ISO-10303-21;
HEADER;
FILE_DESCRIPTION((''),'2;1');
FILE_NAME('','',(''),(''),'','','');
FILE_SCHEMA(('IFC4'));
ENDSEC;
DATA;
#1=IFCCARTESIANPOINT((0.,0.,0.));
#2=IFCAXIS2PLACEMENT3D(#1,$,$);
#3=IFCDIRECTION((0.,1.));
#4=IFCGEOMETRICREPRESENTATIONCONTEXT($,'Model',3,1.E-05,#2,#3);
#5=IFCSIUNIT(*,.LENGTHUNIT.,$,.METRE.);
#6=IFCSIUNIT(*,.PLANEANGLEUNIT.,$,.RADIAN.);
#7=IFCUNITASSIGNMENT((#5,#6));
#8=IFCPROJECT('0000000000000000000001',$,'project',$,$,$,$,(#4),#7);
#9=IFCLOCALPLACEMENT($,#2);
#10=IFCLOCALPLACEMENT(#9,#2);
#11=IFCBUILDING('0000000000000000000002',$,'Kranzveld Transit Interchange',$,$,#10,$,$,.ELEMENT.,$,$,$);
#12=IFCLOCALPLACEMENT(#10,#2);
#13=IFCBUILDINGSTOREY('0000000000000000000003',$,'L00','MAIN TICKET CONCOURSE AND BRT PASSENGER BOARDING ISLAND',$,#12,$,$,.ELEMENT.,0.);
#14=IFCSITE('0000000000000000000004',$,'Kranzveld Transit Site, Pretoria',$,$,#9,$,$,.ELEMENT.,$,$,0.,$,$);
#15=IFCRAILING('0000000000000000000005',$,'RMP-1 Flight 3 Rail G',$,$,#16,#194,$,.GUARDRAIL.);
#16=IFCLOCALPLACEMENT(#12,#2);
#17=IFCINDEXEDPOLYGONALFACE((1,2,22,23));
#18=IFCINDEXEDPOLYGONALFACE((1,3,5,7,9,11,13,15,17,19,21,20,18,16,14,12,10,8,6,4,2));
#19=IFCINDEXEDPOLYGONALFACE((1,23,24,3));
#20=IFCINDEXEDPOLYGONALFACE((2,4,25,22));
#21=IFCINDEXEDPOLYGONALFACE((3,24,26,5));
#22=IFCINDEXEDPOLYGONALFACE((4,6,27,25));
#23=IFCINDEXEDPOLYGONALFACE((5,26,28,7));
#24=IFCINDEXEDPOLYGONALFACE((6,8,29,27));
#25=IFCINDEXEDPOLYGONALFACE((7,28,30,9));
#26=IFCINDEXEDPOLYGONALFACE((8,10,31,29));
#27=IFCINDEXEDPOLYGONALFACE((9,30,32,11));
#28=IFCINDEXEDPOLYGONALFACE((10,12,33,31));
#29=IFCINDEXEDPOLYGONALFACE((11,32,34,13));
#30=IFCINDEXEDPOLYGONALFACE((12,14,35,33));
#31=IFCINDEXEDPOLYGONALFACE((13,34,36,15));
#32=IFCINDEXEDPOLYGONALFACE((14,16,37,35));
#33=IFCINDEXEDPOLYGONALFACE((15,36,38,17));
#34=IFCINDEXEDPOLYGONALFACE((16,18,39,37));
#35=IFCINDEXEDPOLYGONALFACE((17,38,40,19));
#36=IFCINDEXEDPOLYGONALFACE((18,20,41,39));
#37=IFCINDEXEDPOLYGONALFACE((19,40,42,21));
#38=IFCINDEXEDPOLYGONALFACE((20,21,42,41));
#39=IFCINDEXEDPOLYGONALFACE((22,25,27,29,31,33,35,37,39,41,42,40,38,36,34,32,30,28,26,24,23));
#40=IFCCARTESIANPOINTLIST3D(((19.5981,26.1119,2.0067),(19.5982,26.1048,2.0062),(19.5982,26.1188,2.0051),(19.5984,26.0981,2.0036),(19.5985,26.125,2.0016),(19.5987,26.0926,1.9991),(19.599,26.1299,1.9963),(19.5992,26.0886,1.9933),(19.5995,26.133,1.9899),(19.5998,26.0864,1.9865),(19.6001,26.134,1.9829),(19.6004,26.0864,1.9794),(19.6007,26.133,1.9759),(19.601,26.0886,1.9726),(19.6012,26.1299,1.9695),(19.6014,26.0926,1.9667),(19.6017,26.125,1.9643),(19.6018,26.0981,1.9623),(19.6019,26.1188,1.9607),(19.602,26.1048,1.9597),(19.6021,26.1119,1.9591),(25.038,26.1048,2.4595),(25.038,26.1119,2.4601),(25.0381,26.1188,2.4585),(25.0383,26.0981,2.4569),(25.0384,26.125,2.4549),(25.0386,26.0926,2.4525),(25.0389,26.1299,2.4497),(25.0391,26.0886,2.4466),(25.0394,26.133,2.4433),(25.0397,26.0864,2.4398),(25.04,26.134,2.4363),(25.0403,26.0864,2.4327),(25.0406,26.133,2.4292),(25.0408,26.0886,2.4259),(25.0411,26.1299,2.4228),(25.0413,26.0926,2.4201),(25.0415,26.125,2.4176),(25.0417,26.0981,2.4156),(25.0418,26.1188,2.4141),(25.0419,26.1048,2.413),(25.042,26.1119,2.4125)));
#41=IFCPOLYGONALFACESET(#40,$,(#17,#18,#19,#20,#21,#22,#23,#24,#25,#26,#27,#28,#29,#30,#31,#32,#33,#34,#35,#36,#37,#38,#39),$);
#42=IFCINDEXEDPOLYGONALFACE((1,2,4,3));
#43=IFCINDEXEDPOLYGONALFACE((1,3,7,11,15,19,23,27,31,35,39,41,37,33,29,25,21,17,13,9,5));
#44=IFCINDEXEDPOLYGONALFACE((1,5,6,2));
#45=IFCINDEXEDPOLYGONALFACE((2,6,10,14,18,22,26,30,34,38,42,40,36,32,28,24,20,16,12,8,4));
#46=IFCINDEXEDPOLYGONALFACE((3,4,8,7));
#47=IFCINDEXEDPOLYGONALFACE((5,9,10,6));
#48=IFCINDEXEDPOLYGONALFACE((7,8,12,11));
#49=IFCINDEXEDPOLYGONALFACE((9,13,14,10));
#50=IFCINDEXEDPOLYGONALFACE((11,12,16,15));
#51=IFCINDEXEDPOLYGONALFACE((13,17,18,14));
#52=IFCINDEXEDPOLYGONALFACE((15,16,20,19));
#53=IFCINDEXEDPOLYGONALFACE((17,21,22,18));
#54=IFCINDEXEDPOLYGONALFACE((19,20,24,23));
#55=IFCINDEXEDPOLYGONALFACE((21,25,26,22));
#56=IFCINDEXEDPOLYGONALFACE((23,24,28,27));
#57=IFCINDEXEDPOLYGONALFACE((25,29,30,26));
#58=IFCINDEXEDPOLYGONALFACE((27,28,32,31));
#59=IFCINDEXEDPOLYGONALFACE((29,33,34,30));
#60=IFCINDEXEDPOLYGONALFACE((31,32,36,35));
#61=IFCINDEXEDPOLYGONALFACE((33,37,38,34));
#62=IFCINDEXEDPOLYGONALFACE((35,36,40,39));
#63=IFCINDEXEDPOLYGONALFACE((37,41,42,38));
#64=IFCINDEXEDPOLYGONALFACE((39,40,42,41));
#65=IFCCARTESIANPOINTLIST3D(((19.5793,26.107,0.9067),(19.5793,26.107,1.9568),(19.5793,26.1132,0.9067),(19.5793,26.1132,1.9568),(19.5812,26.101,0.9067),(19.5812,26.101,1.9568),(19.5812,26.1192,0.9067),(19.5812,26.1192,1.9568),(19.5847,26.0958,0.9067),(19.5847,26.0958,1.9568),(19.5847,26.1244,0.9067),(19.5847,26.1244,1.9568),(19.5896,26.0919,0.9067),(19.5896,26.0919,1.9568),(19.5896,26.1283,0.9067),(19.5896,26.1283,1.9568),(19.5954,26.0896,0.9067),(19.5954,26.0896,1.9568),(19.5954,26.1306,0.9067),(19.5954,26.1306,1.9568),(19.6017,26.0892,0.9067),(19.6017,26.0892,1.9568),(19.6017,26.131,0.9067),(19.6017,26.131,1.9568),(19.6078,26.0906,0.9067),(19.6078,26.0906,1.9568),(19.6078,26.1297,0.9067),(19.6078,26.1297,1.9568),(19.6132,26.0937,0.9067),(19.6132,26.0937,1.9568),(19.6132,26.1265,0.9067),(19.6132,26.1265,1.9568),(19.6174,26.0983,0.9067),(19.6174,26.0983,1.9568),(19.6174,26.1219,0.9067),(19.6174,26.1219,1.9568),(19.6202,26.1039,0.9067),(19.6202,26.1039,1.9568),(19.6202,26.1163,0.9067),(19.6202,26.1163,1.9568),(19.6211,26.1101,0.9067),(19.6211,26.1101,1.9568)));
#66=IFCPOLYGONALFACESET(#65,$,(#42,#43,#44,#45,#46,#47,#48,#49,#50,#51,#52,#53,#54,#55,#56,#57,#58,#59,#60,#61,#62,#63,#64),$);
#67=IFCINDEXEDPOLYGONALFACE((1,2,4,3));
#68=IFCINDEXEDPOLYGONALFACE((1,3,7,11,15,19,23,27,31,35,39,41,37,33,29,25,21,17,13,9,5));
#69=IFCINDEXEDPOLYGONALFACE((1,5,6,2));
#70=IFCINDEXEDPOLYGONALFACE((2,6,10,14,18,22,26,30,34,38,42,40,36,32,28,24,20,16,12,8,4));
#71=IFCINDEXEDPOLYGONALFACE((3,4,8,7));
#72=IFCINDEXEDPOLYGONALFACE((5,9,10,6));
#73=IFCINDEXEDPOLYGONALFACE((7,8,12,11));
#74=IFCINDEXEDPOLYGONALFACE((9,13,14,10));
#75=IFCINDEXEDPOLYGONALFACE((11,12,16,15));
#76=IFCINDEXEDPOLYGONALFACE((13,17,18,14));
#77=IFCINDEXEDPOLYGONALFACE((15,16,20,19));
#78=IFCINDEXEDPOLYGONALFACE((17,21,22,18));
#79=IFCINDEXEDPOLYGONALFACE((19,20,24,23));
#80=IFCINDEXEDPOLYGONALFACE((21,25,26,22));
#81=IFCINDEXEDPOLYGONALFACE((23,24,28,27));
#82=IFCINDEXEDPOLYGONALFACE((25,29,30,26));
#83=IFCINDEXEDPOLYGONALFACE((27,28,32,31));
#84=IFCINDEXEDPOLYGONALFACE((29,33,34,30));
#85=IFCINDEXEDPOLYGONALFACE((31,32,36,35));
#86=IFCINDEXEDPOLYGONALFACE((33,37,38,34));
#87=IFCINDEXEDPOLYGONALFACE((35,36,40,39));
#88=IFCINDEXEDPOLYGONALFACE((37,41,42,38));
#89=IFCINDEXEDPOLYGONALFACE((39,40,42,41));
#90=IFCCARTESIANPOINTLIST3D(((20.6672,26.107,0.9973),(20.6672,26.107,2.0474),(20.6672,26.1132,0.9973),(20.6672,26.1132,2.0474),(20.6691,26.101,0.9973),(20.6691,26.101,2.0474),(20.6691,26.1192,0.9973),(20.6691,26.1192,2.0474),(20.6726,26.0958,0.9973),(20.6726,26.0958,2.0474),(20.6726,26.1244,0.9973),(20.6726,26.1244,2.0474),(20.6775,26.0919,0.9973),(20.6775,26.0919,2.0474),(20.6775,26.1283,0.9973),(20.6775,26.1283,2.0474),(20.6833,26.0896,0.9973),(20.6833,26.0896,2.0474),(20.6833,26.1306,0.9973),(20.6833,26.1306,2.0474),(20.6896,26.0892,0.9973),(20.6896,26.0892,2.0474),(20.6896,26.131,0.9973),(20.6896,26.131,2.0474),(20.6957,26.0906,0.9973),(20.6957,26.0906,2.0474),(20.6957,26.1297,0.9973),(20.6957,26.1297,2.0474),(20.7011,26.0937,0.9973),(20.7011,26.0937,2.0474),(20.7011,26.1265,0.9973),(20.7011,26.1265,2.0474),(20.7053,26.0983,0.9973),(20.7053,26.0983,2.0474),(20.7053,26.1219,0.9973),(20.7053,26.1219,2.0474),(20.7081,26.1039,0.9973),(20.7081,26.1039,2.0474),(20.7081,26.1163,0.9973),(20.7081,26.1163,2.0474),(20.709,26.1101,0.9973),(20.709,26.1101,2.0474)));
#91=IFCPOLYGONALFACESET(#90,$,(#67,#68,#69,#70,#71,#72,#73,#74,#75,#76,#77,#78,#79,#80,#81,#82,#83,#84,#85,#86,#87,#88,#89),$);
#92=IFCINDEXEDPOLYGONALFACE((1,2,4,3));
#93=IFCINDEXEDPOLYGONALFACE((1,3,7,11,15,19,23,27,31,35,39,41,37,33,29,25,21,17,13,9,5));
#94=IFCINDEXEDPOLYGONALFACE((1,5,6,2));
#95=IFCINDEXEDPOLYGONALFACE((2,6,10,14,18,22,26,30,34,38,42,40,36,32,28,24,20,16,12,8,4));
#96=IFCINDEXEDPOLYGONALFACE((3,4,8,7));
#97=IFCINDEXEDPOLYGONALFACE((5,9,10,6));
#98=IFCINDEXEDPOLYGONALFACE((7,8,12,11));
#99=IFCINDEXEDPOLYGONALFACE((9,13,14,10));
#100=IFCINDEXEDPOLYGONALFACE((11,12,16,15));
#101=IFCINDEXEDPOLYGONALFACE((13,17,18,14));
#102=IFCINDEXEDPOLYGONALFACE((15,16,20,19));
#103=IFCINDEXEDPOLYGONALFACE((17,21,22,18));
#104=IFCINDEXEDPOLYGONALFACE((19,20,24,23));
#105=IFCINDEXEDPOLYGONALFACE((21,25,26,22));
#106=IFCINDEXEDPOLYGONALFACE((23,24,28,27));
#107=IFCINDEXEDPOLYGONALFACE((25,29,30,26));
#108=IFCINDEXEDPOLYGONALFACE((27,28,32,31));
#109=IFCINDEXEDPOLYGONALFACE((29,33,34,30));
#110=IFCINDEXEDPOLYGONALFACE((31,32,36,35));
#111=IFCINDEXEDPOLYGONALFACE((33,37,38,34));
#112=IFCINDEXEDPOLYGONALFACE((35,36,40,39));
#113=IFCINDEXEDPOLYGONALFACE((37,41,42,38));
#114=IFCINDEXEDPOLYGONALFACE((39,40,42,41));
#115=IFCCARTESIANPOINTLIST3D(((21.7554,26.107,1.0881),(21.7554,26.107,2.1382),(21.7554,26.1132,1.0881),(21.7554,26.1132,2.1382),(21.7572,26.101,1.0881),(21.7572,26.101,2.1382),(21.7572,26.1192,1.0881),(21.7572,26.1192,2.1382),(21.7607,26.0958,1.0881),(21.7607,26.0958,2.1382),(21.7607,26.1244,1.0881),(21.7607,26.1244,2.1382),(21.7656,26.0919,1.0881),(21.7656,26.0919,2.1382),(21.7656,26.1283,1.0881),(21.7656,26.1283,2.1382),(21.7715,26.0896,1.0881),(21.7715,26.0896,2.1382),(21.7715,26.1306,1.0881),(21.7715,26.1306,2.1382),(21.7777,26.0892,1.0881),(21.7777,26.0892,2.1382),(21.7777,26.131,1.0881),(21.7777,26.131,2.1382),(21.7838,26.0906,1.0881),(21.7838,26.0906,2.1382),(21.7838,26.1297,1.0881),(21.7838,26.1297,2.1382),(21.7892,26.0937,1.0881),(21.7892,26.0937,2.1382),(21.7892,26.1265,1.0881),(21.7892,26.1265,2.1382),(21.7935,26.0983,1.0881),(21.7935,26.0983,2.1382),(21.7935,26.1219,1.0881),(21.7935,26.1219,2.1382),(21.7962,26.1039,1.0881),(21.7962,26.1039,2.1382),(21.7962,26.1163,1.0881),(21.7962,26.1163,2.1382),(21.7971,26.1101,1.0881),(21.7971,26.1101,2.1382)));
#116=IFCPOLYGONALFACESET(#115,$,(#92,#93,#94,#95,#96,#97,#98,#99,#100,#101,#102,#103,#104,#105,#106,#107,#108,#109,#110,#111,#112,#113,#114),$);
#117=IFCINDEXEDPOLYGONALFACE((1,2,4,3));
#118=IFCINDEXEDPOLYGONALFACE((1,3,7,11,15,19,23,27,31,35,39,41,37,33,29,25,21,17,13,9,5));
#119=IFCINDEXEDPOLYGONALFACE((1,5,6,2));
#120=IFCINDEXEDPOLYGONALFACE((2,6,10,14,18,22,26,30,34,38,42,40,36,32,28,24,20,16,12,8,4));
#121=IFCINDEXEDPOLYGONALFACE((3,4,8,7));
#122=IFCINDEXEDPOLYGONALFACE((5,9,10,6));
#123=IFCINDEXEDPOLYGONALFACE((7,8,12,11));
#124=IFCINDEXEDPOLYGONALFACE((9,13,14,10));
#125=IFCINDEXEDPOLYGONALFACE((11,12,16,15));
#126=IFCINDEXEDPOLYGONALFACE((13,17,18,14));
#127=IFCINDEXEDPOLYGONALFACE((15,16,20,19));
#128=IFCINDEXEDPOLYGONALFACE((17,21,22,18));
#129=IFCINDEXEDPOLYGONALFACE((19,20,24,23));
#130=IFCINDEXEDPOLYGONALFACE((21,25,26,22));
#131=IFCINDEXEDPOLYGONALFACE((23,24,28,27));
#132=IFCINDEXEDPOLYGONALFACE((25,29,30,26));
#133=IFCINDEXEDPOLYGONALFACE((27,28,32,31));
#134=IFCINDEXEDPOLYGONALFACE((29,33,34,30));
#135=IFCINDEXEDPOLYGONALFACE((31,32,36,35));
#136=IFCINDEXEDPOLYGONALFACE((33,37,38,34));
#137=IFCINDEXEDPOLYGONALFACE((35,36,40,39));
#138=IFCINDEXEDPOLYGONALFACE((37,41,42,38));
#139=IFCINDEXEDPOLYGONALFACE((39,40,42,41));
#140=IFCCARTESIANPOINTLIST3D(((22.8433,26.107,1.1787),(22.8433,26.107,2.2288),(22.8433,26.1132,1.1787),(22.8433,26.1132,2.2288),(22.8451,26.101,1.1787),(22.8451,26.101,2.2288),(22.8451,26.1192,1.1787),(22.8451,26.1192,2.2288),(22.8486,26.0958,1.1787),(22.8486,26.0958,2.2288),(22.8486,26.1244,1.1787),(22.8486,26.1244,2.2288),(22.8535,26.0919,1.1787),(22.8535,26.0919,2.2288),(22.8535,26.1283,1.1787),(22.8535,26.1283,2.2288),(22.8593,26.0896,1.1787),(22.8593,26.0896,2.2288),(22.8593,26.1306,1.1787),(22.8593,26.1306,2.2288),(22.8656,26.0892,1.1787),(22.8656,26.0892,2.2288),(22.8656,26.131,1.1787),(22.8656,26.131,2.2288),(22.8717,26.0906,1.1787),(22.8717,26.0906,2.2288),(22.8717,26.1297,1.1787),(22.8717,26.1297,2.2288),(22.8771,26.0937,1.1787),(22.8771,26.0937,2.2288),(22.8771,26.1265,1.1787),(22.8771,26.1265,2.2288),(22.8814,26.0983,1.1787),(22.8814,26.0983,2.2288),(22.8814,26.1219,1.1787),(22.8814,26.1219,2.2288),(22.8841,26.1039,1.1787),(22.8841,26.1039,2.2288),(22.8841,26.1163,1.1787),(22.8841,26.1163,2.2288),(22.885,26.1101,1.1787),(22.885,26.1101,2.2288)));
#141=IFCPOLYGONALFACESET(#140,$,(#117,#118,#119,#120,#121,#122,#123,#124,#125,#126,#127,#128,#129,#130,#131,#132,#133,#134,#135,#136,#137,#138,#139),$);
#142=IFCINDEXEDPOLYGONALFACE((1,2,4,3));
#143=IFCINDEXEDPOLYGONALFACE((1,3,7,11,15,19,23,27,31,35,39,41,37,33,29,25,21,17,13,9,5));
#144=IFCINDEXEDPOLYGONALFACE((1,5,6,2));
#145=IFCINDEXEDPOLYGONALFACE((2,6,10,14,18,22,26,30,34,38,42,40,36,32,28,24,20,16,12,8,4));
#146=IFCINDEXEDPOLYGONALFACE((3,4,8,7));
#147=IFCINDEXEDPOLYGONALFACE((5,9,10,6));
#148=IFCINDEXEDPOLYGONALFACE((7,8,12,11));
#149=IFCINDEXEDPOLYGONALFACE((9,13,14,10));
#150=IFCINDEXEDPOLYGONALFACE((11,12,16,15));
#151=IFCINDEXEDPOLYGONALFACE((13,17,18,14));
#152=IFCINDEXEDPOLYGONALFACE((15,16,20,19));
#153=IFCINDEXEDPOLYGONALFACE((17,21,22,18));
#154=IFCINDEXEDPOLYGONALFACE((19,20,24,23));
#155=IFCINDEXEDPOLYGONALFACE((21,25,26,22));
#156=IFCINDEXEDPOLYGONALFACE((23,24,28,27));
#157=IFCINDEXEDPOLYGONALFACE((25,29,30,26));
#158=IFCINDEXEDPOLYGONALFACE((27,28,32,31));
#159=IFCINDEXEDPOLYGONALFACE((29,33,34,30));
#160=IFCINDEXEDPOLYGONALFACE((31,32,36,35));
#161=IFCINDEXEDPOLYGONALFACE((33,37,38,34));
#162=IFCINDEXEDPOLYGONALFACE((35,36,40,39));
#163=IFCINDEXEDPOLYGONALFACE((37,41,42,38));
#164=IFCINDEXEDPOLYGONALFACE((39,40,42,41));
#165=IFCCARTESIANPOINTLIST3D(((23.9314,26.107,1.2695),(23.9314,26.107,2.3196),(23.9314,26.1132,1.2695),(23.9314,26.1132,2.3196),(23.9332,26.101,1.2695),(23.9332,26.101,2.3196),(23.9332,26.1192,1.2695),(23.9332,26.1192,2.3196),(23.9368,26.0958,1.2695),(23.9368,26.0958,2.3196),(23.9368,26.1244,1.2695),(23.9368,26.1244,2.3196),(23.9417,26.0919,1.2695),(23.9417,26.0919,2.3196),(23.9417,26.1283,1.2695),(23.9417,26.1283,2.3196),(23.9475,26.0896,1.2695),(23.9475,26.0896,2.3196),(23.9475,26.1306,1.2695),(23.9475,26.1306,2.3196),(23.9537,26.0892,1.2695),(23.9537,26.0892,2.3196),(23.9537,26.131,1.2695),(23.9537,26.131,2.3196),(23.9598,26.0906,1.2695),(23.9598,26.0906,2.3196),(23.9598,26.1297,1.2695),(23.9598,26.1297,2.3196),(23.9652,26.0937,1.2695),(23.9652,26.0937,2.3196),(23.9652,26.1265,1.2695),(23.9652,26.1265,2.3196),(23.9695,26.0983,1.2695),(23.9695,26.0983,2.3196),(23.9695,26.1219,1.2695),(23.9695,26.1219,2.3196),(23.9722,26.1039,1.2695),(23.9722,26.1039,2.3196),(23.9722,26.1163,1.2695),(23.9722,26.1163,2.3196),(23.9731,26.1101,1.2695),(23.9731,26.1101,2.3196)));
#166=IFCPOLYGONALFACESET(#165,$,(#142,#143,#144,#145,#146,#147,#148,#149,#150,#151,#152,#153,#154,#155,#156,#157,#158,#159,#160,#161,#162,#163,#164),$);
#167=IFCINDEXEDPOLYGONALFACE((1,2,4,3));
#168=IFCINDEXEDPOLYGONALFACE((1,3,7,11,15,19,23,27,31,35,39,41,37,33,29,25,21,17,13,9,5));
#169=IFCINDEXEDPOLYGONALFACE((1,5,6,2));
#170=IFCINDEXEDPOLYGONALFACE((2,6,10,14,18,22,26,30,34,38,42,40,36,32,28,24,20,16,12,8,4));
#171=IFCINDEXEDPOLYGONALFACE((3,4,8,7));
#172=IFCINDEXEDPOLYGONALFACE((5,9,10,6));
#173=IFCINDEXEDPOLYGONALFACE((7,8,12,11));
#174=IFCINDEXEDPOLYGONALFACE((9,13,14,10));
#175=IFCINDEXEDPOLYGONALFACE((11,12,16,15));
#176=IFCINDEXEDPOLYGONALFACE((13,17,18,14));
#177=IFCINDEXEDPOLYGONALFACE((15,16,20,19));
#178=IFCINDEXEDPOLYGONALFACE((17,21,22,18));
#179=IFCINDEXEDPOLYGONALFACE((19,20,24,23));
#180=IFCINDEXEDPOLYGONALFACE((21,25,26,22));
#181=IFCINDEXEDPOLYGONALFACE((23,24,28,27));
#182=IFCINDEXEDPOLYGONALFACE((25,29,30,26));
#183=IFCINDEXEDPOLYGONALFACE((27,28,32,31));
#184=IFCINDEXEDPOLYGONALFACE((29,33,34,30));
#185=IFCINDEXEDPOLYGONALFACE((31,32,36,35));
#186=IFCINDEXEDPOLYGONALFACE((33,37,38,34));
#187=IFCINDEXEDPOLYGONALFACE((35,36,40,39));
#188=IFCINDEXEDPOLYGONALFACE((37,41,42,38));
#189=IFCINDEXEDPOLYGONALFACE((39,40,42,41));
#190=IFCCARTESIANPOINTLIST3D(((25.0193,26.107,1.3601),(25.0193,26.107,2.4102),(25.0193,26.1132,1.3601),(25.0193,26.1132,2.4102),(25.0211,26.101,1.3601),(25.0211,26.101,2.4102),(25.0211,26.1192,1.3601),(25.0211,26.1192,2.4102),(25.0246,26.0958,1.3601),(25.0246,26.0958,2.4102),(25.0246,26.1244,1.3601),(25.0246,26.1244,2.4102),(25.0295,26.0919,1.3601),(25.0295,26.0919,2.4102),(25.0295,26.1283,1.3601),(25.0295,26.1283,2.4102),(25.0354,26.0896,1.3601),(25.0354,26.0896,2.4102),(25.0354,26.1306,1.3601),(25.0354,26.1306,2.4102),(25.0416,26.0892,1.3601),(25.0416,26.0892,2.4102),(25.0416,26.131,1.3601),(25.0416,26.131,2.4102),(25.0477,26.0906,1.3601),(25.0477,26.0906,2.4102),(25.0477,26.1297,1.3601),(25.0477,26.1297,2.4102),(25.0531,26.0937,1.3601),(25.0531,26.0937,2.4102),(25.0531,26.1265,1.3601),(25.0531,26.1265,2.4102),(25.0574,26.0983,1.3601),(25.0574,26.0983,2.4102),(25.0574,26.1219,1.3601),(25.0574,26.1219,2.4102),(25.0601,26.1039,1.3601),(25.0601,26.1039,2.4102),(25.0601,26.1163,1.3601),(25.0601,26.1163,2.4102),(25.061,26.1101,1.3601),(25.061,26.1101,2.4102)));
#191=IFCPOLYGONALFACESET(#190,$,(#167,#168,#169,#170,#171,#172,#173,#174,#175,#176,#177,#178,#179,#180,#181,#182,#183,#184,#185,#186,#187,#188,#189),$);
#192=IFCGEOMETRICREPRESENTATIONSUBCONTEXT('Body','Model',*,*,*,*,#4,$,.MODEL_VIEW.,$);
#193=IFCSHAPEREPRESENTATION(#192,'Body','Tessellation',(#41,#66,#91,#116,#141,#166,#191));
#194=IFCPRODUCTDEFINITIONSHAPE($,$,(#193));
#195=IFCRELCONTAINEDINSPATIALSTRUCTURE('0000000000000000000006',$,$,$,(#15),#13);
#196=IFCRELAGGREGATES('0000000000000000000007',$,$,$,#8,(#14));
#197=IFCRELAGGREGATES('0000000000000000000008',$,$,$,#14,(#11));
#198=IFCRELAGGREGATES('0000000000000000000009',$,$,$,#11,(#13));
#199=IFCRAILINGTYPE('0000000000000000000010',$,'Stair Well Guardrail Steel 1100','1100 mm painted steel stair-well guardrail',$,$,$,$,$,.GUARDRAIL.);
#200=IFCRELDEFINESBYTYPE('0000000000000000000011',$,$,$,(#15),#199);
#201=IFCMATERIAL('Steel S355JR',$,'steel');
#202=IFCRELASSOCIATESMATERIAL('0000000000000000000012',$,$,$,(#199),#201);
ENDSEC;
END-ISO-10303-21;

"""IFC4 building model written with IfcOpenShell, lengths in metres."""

from ifc_helpers import new_model, si_unit, direction, frame, origin, origin_2d, place, context, subcontext, project, spatial, circle, extrude, material, type_object, element, save


model = new_model("IFC4")

# Units and contexts
model_context = context("Model", 3, precision=1e-05, world=origin(), true_north=direction((0.0, 1.0)))
body_context = subcontext(model_context, "Body", "Model", "MODEL_VIEW")
ifc_project = project(units=[si_unit("LENGTHUNIT", "METRE"), si_unit("PLANEANGLEUNIT", "RADIAN")], contexts=[model_context])

# Site, building, storey
site_placement = place(None, origin())
site = spatial("IfcSite", under=ifc_project, at=site_placement, Name="Kranzveld Transit Site, Pretoria", CompositionType="ELEMENT", RefElevation=0.0)
building_placement = place(site_placement, origin())
building = spatial("IfcBuilding", under=site, at=building_placement, Name="Kranzveld Transit Interchange", CompositionType="ELEMENT")
storey_placement = place(building_placement, origin())
storey = spatial("IfcBuildingStorey", under=building, at=storey_placement, Name="L00", Description="MAIN TICKET CONCOURSE AND BRT PASSENGER BOARDING ISLAND", CompositionType="ELEMENT", Elevation=0.0)

# Railing
ifc_material_1 = material(Name="Steel S355JR", Category="steel")
railing_type_1 = type_object("IfcRailingType", Name="Stair Well Guardrail Steel 1100", Description="1100 mm painted steel stair-well guardrail", PredefinedType="GUARDRAIL", material=ifc_material_1)
railing_1_placement = place(storey_placement, frame((19.6001, 26.1101, 0.9067)))
element("IfcRailing", 1, at=railing_1_placement, inside=storey, type_object=railing_type_1, Name="RMP-1 Flight 3 Rail G", PredefinedType="GUARDRAIL", context=body_context, shape_type="SweptSolid", body=[
    extrude(circle(Radius=0.0239, at=origin_2d()), frame((0.0, 0.0, 1.0762), z_axis=(0.996545, 0.0, 0.083053), x_axis=(0.0, 1.0, 0.0)), (0.0, 0.0, 1.0), 5.4587),
    extrude(circle(Radius=0.021, at=origin_2d()), origin(), (0.0, 0.0, 1.0), 1.05),
    extrude(circle(Radius=0.021, at=origin_2d()), frame((1.0879, 0.0, 0.0906)), (0.0, 0.0, 1.0), 1.05),
    extrude(circle(Radius=0.021, at=origin_2d()), frame((2.176, 0.0, 0.1814)), (0.0, 0.0, 1.0), 1.05),
    extrude(circle(Radius=0.021, at=origin_2d()), frame((3.2639, 0.0, 0.272)), (0.0, 0.0, 1.0), 1.05),
    extrude(circle(Radius=0.021, at=origin_2d()), frame((4.3521, 0.0, 0.3628)), (0.0, 0.0, 1.0), 1.05),
    extrude(circle(Radius=0.021, at=origin_2d()), frame((5.4399, 0.0, 0.4534)), (0.0, 0.0, 1.0), 1.05),
])

save(model, "model.ifc")
